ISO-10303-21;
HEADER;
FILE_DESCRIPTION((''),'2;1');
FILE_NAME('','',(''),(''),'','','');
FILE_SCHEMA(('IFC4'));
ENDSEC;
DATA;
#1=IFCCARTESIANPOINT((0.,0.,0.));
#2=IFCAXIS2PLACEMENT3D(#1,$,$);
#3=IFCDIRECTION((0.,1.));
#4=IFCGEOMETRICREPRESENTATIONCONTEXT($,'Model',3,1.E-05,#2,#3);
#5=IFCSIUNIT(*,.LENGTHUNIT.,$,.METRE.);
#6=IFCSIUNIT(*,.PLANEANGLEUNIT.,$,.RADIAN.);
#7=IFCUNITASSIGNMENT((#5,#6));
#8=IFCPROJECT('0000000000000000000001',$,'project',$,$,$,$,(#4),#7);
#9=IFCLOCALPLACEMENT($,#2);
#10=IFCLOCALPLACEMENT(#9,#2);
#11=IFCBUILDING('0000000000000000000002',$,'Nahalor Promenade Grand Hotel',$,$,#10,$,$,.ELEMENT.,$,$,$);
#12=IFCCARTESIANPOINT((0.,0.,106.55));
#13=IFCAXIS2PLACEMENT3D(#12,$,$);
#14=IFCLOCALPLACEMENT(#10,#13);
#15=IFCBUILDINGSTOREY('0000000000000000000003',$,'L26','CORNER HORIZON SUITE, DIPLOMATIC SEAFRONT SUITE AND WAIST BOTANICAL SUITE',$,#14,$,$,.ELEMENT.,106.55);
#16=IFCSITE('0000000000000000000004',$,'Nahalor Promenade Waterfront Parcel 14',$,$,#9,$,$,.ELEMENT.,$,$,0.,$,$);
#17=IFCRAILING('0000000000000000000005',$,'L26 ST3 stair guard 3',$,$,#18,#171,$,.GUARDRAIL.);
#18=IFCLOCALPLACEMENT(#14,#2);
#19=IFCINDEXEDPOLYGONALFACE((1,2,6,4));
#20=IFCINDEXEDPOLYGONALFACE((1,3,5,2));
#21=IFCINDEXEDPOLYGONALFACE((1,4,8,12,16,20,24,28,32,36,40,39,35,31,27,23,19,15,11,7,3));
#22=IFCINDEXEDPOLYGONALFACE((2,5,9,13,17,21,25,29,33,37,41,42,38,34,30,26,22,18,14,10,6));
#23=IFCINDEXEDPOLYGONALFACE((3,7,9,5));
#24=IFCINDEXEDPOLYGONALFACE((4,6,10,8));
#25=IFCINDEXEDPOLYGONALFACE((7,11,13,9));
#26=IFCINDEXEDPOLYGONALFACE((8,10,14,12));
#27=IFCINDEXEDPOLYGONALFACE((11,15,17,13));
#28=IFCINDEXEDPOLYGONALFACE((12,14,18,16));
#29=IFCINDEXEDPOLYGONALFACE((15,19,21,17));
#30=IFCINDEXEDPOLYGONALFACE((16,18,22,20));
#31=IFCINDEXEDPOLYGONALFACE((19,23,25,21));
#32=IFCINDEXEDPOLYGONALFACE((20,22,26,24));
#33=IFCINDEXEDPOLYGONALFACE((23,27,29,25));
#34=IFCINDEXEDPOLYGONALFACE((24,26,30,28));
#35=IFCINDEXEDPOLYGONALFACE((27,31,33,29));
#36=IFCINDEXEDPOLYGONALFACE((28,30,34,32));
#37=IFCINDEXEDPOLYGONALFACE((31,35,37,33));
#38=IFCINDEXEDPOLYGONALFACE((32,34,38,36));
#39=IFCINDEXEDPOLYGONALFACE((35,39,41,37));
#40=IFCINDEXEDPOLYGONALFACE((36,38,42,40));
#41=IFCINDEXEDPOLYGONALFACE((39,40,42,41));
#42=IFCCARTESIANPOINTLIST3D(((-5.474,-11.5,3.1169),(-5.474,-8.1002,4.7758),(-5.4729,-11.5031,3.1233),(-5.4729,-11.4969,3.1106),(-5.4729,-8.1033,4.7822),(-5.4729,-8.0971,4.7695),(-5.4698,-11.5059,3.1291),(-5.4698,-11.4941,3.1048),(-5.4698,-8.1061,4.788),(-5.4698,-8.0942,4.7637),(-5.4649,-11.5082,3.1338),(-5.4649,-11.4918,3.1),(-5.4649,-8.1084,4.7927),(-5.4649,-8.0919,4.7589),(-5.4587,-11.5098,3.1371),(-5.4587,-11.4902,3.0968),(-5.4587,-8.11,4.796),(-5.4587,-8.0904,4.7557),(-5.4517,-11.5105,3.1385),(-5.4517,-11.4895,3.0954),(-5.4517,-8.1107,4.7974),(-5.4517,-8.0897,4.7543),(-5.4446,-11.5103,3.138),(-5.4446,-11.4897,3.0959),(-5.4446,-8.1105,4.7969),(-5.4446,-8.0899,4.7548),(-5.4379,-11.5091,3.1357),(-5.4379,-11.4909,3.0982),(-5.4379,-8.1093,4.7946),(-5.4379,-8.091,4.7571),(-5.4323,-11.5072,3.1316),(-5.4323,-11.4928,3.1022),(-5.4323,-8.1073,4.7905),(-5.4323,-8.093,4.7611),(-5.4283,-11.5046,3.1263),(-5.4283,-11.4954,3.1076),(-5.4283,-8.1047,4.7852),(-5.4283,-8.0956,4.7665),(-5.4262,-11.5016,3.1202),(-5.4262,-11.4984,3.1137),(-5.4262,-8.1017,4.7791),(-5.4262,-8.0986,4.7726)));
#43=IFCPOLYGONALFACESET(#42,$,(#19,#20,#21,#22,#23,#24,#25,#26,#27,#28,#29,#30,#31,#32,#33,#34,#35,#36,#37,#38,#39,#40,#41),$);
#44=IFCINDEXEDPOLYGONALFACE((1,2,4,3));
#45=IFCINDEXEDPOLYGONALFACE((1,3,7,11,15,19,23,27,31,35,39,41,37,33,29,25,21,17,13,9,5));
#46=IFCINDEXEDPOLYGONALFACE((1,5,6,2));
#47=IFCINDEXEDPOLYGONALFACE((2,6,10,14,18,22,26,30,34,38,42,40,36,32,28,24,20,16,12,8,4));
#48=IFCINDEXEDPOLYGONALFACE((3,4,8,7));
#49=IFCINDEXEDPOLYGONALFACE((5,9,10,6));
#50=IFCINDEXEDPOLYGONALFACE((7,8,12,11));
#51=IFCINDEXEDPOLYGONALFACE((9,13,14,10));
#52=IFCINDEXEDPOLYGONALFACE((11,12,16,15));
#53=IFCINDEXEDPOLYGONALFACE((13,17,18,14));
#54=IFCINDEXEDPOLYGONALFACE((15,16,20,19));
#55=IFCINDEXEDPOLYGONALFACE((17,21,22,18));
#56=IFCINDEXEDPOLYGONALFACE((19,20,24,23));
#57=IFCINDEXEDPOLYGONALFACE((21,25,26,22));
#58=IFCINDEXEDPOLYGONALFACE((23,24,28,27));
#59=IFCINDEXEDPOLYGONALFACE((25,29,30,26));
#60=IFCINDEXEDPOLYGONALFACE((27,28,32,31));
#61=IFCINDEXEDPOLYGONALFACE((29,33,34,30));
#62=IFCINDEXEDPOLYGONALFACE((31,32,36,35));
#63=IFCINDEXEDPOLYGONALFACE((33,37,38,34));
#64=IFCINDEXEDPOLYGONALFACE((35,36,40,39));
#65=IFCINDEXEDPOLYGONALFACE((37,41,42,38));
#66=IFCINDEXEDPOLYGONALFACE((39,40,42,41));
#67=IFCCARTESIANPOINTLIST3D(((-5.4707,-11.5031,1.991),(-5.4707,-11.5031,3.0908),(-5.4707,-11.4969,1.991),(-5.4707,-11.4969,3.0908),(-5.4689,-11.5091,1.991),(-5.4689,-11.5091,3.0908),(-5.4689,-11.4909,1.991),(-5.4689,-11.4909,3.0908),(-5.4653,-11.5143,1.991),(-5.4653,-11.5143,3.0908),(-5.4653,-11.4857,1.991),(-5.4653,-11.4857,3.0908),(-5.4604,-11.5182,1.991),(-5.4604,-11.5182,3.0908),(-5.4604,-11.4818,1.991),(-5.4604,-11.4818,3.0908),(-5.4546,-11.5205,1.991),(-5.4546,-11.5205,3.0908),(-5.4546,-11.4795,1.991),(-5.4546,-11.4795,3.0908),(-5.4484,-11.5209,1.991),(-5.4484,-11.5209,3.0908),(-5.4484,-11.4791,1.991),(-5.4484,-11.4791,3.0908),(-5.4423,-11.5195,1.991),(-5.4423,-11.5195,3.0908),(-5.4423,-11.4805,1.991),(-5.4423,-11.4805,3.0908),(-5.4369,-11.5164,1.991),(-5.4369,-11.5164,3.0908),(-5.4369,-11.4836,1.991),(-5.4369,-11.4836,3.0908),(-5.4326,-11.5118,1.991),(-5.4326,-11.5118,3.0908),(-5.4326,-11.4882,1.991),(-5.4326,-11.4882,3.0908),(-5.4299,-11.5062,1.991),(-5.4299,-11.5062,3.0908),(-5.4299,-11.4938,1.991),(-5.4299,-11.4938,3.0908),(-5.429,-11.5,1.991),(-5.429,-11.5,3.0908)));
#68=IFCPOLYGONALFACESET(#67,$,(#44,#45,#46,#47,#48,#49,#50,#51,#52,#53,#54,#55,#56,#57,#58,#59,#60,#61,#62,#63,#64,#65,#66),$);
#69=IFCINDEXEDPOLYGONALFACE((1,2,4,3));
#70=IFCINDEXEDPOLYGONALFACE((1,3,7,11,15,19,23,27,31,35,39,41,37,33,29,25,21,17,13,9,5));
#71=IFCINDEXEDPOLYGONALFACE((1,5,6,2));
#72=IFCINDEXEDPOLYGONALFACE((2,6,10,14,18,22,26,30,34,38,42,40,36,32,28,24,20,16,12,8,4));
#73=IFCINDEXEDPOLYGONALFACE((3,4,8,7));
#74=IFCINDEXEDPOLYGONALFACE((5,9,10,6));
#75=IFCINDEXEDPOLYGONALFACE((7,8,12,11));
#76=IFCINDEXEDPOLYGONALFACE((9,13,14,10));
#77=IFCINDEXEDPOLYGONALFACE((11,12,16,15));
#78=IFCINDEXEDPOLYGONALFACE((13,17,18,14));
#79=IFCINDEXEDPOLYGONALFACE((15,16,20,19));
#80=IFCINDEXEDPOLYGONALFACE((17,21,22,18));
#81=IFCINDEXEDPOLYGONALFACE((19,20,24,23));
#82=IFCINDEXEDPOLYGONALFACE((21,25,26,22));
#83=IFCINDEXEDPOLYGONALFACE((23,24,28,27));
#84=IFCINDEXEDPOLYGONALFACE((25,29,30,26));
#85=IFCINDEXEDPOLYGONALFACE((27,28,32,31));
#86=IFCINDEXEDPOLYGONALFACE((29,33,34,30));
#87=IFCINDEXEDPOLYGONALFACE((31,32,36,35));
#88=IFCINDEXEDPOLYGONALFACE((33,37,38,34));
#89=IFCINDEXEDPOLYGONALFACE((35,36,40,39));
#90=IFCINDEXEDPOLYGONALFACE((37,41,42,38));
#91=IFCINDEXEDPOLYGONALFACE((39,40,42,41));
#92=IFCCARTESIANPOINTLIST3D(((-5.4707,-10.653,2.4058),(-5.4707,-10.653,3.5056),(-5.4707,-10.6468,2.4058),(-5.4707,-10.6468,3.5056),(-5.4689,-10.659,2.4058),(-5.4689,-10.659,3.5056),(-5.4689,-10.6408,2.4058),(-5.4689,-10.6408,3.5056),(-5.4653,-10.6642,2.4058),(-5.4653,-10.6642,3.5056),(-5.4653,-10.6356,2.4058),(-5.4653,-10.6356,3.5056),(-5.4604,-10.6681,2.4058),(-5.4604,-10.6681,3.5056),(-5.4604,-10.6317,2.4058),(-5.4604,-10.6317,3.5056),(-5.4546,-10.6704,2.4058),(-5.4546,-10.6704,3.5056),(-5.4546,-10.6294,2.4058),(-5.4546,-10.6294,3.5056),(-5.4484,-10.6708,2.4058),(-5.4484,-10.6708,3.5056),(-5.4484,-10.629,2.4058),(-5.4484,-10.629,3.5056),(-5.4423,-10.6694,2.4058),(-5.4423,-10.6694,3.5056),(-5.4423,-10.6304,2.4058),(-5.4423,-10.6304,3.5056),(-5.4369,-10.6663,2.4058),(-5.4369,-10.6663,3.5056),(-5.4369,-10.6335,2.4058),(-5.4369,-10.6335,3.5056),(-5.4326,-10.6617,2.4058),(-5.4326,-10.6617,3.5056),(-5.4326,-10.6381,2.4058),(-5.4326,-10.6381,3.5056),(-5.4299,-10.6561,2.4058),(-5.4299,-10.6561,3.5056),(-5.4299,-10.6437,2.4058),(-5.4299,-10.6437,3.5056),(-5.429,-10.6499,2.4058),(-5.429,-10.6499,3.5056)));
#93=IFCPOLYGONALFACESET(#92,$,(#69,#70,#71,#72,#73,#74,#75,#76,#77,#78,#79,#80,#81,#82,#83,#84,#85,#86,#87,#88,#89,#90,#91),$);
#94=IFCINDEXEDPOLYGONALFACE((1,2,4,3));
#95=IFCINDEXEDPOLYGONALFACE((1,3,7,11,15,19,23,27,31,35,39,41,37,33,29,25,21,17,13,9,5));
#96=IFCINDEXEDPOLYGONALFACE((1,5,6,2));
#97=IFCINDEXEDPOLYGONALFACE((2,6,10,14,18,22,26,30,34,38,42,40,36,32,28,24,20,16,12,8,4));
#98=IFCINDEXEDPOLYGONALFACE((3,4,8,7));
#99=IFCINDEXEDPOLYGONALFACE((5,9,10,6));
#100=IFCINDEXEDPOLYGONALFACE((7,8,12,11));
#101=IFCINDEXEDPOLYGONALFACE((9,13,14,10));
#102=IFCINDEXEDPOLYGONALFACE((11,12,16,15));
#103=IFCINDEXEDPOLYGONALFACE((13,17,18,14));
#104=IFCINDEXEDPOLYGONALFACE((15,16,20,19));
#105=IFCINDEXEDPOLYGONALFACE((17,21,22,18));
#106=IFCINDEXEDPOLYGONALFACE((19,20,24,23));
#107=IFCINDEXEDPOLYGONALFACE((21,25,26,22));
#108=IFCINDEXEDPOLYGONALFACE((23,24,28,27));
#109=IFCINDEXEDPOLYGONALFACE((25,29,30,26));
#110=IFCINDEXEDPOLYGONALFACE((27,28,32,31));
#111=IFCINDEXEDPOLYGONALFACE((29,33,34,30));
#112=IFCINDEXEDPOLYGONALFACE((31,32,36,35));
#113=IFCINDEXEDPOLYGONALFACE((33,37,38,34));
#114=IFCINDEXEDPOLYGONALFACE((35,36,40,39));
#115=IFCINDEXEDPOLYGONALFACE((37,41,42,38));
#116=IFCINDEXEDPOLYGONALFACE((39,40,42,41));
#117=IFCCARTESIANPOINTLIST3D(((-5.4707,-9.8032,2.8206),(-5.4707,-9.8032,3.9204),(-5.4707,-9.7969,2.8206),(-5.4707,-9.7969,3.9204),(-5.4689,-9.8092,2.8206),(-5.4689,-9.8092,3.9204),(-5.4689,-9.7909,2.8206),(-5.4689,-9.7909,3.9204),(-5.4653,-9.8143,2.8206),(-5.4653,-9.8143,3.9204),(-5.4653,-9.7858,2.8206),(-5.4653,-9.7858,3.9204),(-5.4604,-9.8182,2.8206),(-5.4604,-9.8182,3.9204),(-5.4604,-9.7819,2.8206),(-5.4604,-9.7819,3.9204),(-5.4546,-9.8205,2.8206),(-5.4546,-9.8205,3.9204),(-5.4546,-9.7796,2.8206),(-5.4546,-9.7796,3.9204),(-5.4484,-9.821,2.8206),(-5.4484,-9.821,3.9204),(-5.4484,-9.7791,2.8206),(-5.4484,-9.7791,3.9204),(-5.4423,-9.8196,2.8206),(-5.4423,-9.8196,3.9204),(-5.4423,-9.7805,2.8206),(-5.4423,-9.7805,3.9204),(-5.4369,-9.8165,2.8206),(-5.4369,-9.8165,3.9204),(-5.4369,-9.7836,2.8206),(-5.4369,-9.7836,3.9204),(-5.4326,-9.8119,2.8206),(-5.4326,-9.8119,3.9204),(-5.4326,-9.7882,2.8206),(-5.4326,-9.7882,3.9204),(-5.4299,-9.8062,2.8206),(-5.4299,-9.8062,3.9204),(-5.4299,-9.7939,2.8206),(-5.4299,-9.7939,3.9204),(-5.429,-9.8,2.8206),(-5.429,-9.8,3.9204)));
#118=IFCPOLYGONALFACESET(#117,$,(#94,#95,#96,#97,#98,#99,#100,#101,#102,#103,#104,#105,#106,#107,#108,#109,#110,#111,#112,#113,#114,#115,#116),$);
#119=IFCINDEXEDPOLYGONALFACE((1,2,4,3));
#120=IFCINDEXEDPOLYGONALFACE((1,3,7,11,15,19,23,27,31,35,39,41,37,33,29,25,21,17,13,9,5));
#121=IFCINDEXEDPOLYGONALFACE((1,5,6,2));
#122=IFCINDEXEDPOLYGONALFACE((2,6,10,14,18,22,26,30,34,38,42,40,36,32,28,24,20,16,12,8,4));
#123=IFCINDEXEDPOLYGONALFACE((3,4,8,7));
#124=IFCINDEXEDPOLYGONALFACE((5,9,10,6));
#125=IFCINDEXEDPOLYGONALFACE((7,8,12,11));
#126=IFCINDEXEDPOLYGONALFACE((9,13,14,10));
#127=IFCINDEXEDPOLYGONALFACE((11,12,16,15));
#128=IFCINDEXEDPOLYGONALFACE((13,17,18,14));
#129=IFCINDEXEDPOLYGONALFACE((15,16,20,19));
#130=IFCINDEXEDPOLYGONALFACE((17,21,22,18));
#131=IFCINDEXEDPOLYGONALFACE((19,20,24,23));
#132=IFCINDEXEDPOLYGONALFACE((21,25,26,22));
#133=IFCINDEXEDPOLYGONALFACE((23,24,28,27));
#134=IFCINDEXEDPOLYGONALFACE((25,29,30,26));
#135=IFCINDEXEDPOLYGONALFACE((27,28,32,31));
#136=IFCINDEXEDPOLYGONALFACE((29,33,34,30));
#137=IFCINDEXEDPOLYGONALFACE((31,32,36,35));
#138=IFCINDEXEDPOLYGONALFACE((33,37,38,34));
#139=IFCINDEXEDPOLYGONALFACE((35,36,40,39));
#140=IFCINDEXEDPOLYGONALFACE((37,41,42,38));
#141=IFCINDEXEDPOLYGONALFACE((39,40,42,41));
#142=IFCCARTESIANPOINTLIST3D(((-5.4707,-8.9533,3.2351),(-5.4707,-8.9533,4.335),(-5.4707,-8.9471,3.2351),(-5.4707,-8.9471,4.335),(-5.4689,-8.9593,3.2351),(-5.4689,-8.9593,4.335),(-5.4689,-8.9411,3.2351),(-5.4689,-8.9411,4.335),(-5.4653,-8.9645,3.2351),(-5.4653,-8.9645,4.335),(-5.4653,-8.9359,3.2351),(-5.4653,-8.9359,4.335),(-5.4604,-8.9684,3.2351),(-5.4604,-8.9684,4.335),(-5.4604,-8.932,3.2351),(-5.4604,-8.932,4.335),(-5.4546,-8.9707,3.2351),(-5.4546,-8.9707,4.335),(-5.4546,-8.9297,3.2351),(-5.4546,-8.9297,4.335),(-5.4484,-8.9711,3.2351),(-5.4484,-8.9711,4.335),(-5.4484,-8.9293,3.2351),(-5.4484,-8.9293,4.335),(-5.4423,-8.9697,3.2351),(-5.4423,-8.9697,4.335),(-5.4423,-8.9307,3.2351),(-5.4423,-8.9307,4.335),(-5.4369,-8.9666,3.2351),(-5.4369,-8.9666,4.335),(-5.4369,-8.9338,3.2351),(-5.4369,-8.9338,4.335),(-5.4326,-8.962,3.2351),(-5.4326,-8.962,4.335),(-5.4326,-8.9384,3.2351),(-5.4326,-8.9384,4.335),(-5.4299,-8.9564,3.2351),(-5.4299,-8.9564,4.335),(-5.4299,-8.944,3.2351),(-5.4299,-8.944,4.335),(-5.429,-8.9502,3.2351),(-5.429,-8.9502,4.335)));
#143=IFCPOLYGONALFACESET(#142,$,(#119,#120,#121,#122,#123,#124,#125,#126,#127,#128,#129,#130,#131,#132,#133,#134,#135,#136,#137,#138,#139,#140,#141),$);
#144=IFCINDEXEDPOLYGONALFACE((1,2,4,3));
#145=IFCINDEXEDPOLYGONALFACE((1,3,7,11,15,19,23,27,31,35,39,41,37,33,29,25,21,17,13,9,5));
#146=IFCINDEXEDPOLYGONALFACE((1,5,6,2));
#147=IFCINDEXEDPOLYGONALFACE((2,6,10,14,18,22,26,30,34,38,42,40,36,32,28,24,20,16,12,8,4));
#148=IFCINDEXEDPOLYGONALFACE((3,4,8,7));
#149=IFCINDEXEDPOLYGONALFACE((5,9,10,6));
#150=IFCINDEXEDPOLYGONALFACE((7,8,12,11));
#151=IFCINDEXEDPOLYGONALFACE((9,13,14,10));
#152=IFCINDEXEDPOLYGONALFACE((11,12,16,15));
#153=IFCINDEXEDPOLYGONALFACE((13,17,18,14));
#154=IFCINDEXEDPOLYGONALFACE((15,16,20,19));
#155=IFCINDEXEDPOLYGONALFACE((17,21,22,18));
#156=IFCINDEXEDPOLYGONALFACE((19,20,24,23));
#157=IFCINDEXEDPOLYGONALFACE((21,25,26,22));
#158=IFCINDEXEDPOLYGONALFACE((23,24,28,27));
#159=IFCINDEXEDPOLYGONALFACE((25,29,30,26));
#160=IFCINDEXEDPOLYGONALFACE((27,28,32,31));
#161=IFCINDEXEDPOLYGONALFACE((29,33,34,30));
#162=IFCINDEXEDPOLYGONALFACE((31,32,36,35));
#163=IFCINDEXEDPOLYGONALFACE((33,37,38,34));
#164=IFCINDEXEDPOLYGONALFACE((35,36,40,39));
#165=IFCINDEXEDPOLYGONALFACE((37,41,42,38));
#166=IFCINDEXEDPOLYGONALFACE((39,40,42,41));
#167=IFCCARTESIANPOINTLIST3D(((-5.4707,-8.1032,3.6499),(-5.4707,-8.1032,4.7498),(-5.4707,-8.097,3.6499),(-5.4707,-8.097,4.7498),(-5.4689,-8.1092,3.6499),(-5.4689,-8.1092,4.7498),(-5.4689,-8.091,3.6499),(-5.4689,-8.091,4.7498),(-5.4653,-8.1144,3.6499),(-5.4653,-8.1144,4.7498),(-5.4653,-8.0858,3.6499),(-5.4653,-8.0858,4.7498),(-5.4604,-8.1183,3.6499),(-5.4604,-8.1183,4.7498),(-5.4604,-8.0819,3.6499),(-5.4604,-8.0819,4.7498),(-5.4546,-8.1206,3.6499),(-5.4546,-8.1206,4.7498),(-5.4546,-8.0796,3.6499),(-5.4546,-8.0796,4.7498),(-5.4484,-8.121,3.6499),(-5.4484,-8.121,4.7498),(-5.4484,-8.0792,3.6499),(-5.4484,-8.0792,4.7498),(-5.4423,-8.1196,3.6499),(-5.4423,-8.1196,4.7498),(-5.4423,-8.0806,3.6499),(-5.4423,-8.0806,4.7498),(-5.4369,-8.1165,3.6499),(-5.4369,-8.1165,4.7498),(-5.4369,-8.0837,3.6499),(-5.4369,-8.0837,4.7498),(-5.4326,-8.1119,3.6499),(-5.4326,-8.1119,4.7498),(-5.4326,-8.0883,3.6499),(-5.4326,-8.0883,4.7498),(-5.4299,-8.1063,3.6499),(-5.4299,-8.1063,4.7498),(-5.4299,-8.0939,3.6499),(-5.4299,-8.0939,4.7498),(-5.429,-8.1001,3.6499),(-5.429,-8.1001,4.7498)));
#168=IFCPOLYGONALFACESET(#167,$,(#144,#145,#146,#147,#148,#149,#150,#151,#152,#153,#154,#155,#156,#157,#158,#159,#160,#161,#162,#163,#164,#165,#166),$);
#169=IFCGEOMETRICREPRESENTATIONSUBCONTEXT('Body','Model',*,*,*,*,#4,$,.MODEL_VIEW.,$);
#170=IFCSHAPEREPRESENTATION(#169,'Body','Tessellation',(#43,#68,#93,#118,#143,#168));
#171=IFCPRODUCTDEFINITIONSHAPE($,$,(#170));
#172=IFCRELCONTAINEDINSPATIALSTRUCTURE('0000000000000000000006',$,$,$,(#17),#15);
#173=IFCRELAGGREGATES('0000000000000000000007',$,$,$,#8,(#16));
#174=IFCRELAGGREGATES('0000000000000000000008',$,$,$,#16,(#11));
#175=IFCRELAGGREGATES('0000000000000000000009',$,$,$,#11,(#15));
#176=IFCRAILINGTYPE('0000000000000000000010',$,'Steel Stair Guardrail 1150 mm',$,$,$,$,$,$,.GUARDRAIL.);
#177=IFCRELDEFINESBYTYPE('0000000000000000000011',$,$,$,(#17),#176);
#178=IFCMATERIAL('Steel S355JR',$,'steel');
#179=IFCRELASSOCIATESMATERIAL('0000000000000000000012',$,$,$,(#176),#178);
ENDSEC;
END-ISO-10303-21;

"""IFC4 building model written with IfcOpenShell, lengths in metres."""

from ifc_helpers import new_model, si_unit, direction, frame, origin, origin_2d, place, context, subcontext, project, spatial, circle, extrude, material, type_object, element, save


model = new_model("IFC4")

# Units and contexts
model_context = context("Model", 3, precision=1e-05, world=origin(), true_north=direction((0.0, 1.0)))
body_context = subcontext(model_context, "Body", "Model", "MODEL_VIEW")
ifc_project = project(units=[si_unit("LENGTHUNIT", "METRE"), si_unit("PLANEANGLEUNIT", "RADIAN")], contexts=[model_context])

# Site, building, storey
site_placement = place(None, origin())
site = spatial("IfcSite", under=ifc_project, at=site_placement, Name="Nahalor Promenade Waterfront Parcel 14", CompositionType="ELEMENT", RefElevation=0.0)
building_placement = place(site_placement, origin())
building = spatial("IfcBuilding", under=site, at=building_placement, Name="Nahalor Promenade Grand Hotel", CompositionType="ELEMENT")
storey_placement = place(building_placement, frame((0.0, 0.0, 106.55)))
storey = spatial("IfcBuildingStorey", under=building, at=storey_placement, Name="L26", Description="CORNER HORIZON SUITE, DIPLOMATIC SEAFRONT SUITE AND WAIST BOTANICAL SUITE", CompositionType="ELEMENT", Elevation=106.55)

# Shared definitions
ifc_material_1 = material(Name="Steel S355JR", Category="steel")

# Railing
railing_type_1 = type_object("IfcRailingType", Name="Steel Stair Guardrail 1150 mm", PredefinedType="GUARDRAIL", material=ifc_material_1)
railing_1_placement = place(storey_placement, frame((-5.45, -11.5, 1.991)))
element("IfcRailing", 1, at=railing_1_placement, inside=storey, type_object=railing_type_1, Name="L26 ST3 stair guard 3", PredefinedType="GUARDRAIL", context=body_context, shape_type="SweptSolid", body=[
    extrude(circle(Radius=0.024, at=origin_2d()), frame((0.0, 0.0, 1.126), z_axis=(0.0, 0.898722, 0.438519), x_axis=(-1.0, 0.0, 0.0)), (0.0, 0.0, 1.0), 3.783),
    extrude(circle(Radius=0.021, at=origin_2d()), origin(), (0.0, 0.0, 1.0), 1.0999),
    extrude(circle(Radius=0.021, at=origin_2d()), frame((0.0, 0.8501, 0.4148)), (0.0, 0.0, 1.0), 1.0999),
    extrude(circle(Radius=0.021, at=origin_2d()), frame((0.0, 1.7, 0.8296)), (0.0, 0.0, 1.0), 1.0999),
    extrude(circle(Radius=0.021, at=origin_2d()), frame((0.0, 2.5498, 1.2441)), (0.0, 0.0, 1.0), 1.0999),
    extrude(circle(Radius=0.021, at=origin_2d()), frame((0.0, 3.3999, 1.6589)), (0.0, 0.0, 1.0), 1.0999),
])

save(model, "model.ifc")
